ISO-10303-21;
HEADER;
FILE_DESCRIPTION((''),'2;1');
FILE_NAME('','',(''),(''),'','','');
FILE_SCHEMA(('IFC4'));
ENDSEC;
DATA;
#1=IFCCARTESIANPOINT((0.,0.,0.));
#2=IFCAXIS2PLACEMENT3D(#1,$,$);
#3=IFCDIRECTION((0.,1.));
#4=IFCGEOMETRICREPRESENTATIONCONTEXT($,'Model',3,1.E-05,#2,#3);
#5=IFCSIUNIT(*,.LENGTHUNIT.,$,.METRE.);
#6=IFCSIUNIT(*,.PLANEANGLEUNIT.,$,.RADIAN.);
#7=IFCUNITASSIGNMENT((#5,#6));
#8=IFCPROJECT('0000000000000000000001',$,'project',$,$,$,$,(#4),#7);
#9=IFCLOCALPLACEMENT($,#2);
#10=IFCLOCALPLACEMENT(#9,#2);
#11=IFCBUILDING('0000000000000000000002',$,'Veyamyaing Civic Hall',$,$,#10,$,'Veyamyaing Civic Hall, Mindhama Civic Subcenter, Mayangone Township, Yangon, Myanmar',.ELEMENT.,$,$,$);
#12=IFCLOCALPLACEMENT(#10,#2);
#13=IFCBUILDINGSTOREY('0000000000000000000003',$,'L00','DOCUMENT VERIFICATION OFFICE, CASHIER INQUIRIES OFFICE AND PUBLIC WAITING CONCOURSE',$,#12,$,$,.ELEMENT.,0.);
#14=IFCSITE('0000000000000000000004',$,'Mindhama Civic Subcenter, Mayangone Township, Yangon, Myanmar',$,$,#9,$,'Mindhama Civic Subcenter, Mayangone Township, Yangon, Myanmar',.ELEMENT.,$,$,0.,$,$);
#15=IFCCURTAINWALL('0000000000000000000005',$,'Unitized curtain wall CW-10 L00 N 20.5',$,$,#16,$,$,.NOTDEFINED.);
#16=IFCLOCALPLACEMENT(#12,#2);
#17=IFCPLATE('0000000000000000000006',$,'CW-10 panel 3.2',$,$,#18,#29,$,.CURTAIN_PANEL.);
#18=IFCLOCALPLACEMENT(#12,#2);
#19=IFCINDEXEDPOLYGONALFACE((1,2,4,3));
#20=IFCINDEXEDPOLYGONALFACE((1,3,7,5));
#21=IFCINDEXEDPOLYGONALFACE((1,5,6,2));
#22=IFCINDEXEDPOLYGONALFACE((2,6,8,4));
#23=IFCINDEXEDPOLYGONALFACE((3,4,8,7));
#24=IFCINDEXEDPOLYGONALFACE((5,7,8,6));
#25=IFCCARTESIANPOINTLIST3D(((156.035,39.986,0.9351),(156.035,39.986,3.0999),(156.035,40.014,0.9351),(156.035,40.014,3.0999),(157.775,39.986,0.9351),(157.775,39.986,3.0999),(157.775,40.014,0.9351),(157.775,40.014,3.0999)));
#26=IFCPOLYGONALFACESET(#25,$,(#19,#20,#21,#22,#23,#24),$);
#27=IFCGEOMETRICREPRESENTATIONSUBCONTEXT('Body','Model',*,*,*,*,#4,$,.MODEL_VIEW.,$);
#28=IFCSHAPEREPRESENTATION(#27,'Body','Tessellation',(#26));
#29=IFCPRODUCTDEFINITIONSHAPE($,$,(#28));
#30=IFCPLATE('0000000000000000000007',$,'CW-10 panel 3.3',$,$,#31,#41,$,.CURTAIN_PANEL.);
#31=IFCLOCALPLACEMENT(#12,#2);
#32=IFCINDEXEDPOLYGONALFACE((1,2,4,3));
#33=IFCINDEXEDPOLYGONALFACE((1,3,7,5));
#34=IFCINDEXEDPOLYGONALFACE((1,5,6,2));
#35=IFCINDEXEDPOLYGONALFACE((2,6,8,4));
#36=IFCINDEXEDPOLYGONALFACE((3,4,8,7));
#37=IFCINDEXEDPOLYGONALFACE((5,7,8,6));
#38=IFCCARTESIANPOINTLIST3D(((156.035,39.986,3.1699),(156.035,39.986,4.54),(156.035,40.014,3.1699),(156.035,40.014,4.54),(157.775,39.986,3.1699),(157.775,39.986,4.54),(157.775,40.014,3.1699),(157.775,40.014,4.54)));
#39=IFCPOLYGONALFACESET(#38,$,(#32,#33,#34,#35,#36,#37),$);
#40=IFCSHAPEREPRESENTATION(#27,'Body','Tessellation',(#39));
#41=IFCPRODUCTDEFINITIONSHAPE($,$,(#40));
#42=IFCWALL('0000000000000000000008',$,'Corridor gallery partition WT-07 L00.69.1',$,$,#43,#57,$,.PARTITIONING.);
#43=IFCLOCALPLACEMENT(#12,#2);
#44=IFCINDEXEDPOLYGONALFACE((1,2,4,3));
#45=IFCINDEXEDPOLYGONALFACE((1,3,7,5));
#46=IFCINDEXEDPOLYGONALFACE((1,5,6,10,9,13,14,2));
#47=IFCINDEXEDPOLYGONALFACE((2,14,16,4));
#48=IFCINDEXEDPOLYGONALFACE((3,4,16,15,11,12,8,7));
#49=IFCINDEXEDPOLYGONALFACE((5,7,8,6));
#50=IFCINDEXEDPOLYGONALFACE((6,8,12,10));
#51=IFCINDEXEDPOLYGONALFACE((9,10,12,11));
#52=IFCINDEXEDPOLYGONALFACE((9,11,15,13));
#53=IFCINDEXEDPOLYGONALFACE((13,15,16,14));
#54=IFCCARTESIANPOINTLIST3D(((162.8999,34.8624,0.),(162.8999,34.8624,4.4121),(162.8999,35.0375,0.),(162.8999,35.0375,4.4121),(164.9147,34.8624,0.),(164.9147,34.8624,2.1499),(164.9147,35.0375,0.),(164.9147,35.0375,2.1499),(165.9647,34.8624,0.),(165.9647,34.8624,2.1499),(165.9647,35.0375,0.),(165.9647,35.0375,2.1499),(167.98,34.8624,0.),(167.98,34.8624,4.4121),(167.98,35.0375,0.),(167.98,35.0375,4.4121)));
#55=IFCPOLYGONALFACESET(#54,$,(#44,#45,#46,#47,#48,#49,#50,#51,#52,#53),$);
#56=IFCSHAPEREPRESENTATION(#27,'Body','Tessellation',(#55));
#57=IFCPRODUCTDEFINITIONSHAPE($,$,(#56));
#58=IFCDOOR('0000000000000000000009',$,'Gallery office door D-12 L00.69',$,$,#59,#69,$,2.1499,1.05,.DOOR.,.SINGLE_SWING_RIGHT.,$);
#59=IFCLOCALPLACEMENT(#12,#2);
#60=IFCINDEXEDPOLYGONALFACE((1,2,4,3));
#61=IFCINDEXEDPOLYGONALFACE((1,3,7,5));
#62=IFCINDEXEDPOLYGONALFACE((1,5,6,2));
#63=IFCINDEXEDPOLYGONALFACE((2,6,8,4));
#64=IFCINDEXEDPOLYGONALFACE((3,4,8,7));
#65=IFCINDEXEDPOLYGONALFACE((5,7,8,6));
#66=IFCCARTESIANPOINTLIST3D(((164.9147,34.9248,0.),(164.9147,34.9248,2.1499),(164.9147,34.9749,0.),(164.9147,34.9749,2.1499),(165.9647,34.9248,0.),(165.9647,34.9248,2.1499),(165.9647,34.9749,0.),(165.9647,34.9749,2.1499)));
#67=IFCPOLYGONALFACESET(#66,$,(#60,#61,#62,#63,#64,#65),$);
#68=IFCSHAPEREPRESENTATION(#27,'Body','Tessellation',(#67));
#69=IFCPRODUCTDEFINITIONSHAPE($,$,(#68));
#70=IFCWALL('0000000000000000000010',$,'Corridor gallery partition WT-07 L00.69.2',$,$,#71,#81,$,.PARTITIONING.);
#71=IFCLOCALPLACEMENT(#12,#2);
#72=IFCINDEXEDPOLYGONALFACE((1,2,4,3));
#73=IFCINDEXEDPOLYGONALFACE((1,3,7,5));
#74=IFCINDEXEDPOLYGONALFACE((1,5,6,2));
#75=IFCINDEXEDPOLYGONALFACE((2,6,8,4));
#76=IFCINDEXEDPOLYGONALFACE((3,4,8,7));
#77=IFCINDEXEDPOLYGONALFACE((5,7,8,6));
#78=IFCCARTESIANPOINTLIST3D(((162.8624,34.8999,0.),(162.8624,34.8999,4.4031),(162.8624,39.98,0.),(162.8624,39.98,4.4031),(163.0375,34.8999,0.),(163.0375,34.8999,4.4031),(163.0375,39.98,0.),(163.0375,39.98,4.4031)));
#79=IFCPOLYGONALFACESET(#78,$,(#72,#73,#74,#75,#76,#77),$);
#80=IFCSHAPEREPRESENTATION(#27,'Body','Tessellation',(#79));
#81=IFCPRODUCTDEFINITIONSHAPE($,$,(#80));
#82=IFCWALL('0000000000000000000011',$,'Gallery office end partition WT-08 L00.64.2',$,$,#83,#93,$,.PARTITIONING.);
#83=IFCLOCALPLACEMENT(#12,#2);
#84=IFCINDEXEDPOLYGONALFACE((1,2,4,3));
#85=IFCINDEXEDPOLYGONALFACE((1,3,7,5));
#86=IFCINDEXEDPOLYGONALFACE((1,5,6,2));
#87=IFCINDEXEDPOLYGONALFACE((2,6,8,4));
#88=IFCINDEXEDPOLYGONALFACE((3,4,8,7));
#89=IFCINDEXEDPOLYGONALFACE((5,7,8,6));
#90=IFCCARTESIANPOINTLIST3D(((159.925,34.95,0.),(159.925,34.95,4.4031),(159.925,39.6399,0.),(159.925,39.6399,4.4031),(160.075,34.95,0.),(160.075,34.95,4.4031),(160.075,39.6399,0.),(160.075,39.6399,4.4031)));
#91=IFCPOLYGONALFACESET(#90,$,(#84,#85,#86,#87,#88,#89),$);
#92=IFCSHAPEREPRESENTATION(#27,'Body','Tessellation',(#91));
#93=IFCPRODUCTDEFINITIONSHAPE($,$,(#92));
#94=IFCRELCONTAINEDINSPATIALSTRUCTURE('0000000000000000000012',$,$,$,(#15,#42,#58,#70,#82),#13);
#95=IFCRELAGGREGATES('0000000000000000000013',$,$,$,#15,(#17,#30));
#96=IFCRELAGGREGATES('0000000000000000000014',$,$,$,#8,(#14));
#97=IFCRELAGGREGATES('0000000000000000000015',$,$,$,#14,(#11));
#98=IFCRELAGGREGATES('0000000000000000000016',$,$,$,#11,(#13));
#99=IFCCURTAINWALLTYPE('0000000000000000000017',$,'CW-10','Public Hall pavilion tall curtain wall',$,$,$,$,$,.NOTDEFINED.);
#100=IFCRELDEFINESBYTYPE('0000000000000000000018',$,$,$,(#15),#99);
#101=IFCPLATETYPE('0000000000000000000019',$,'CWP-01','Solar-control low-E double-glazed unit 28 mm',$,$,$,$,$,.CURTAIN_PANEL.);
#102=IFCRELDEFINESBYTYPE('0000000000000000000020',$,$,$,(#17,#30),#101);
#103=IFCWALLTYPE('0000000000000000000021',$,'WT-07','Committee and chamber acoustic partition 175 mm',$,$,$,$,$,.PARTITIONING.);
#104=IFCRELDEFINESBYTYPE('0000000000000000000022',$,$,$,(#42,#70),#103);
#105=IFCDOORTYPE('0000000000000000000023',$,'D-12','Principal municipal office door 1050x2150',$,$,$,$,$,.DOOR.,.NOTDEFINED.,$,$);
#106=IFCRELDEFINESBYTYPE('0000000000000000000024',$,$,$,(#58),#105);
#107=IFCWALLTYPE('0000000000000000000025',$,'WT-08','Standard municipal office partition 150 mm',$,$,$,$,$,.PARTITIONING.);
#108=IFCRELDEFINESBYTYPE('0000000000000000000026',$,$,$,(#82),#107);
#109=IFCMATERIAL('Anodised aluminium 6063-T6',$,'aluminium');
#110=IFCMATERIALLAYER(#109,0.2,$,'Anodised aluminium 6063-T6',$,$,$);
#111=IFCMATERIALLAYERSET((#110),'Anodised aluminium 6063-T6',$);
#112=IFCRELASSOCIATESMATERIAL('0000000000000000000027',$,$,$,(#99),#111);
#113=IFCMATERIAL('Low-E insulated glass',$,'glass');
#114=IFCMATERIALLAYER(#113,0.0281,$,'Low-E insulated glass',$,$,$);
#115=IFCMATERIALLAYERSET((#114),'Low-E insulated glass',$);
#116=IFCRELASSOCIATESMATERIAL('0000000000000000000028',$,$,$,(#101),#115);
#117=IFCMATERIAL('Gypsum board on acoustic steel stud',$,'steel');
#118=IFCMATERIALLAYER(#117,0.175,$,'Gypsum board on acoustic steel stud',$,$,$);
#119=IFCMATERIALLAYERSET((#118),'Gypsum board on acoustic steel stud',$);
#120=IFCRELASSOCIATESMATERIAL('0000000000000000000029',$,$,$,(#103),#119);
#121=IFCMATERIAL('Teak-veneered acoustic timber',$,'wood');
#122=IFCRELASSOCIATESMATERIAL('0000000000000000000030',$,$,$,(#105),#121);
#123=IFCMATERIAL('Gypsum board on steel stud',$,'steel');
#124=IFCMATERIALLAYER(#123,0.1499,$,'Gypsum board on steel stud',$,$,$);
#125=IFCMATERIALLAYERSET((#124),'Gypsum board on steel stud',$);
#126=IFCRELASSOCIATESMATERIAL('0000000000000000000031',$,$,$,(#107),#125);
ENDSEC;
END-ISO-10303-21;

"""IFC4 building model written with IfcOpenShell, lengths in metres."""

from ifc_helpers import new_model, si_unit, direction, frame, frame_2d, origin, origin_2d, place, context, subcontext, project, spatial, rectangle, extrude, material, layer, layer_set, type_object, element, fill, aggregate, save


model = new_model("IFC4")

# Units and contexts
model_context = context("Model", 3, precision=1e-05, world=origin(), true_north=direction((0.0, 1.0)))
body_context = subcontext(model_context, "Body", "Model", "MODEL_VIEW")
ifc_project = project(units=[si_unit("LENGTHUNIT", "METRE"), si_unit("PLANEANGLEUNIT", "RADIAN")], contexts=[model_context])

# Site, building, storey
site_placement = place(None, origin())
site = spatial("IfcSite", under=ifc_project, at=site_placement, Name="Mindhama Civic Subcenter, Mayangone Township, Yangon, Myanmar", LongName="Mindhama Civic Subcenter, Mayangone Township, Yangon, Myanmar", CompositionType="ELEMENT", RefElevation=0.0)
building_placement = place(site_placement, origin())
building = spatial("IfcBuilding", under=site, at=building_placement, Name="Veyamyaing Civic Hall", LongName="Veyamyaing Civic Hall, Mindhama Civic Subcenter, Mayangone Township, Yangon, Myanmar", CompositionType="ELEMENT")
storey_placement = place(building_placement, origin())
storey = spatial("IfcBuildingStorey", under=building, at=storey_placement, Name="L00", Description="DOCUMENT VERIFICATION OFFICE, CASHIER INQUIRIES OFFICE AND PUBLIC WAITING CONCOURSE", CompositionType="ELEMENT", Elevation=0.0)

# Curtain wall
ifc_material_1 = material(Name="Anodised aluminium 6063-T6", Category="aluminium")
ifc_layer_1 = layer(ifc_material_1, 0.2, Name="Anodised aluminium 6063-T6")
ifc_layer_set_1 = layer_set([ifc_layer_1], Name="Anodised aluminium 6063-T6")
curtain_wall_type = type_object("IfcCurtainWallType", Name="CW-10", Description="Public Hall pavilion tall curtain wall", PredefinedType="NOTDEFINED", material=ifc_layer_set_1)
curtain_wall_placement = place(storey_placement, origin())
curtain_wall = element("IfcCurtainWall", 1, at=curtain_wall_placement, inside=storey, type_object=curtain_wall_type, Name="Unitized curtain wall CW-10 L00 N 20.5", PredefinedType="NOTDEFINED")

# Plates
ifc_material_2 = material(Name="Low-E insulated glass", Category="glass")
ifc_layer_2 = layer(ifc_material_2, 0.0281, Name="Low-E insulated glass")
ifc_layer_set_2 = layer_set([ifc_layer_2], Name="Low-E insulated glass")
plate_type = type_object("IfcPlateType", Name="CWP-01", Description="Solar-control low-E double-glazed unit 28 mm", PredefinedType="CURTAIN_PANEL", material=ifc_layer_set_2)
plate_1_placement = place(storey_placement, frame((156.905, 40.0, 0.9351), z_axis=(0.0, 0.0, 1.0), x_axis=(1.0, 0.0, 0.0)))
plate_1 = element("IfcPlate", 2, at=plate_1_placement, type_object=plate_type, Name="CW-10 panel 3.2", PredefinedType="CURTAIN_PANEL", context=body_context, shape_type="SweptSolid", body=[
    extrude(rectangle(XDim=1.74, YDim=0.0281, at=origin_2d()), origin(), (0.0, 0.0, 1.0), 2.1648),
])
plate_2_placement = place(storey_placement, frame((156.905, 40.0, 3.1699), z_axis=(0.0, 0.0, 1.0), x_axis=(1.0, 0.0, 0.0)))
plate_2 = element("IfcPlate", 3, at=plate_2_placement, type_object=plate_type, Name="CW-10 panel 3.3", PredefinedType="CURTAIN_PANEL", context=body_context, shape_type="SweptSolid", body=[
    extrude(rectangle(XDim=1.74, YDim=0.0281, at=origin_2d()), origin(), (0.0, 0.0, 1.0), 1.3701),
])
aggregate(curtain_wall, [plate_1, plate_2])

# Wall, opening, door
ifc_material_3 = material(Name="Gypsum board on acoustic steel stud", Category="steel")
ifc_layer_3 = layer(ifc_material_3, 0.175, Name="Gypsum board on acoustic steel stud")
ifc_layer_set_3 = layer_set([ifc_layer_3], Name="Gypsum board on acoustic steel stud")
wall_type_1 = type_object("IfcWallType", Name="WT-07", Description="Committee and chamber acoustic partition 175 mm", PredefinedType="PARTITIONING", material=ifc_layer_set_3)
wall_1_placement = place(storey_placement, frame((162.8999, 34.95, 0.0), z_axis=(0.0, 0.0, 1.0), x_axis=(1.0, 0.0, 0.0)))
wall_1 = element("IfcWall", 4, at=wall_1_placement, inside=storey, type_object=wall_type_1, Name="Corridor gallery partition WT-07 L00.69.1", PredefinedType="PARTITIONING", context=body_context, shape_type="SweptSolid", body=[
    extrude(rectangle(XDim=5.0801, YDim=0.175, at=frame_2d((2.54, 0.0))), origin(), (0.0, 0.0, 1.0), 4.4121),
])
opening_placement = place(wall_1_placement, frame((2.0149, 0.0, 0.0)))
opening = element("IfcOpeningElement", 5, at=opening_placement, cuts=wall_1, PredefinedType="OPENING", context=body_context, shape_type="SweptSolid", body=[
    extrude(rectangle(XDim=1.05, YDim=2.1499, at=frame_2d((0.5249, 1.075))), frame((0.0, 0.0974, 0.0), z_axis=(0.0, -1.0, 0.0), x_axis=(1.0, 0.0, 0.0)), (0.0, 0.0, 1.0), 0.1951),
])
ifc_material_4 = material(Name="Teak-veneered acoustic timber", Category="wood")
door_type = type_object("IfcDoorType", Name="D-12", Description="Principal municipal office door 1050x2150", OperationType="NOTDEFINED", PredefinedType="DOOR", material=ifc_material_4)
door_placement = place(opening_placement, origin())
door = element("IfcDoor", 6, at=door_placement, inside=storey, type_object=door_type, Name="Gallery office door D-12 L00.69", OperationType="SINGLE_SWING_RIGHT", OverallHeight=2.1499, OverallWidth=1.05, PredefinedType="DOOR", context=body_context, shape_type="SweptSolid", body=[
    extrude(rectangle(XDim=1.05, YDim=2.1499, at=frame_2d((0.5249, 1.075))), frame((0.0, 0.0249, 0.0), z_axis=(0.0, -1.0, 0.0), x_axis=(1.0, 0.0, 0.0)), (0.0, 0.0, 1.0), 0.05),
])
fill(opening, door)

# Walls
wall_2_placement = place(storey_placement, frame((162.95, 34.8999, 0.0), z_axis=(0.0, 0.0, 1.0), x_axis=(0.0, 1.0, 0.0)))
element("IfcWall", 7, at=wall_2_placement, inside=storey, type_object=wall_type_1, Name="Corridor gallery partition WT-07 L00.69.2", PredefinedType="PARTITIONING", context=body_context, shape_type="SweptSolid", body=[
    extrude(rectangle(XDim=5.0801, YDim=0.175, at=frame_2d((2.54, 0.0))), origin(), (0.0, 0.0, 1.0), 4.4031),
])
ifc_material_5 = material(Name="Gypsum board on steel stud", Category="steel")
ifc_layer_4 = layer(ifc_material_5, 0.1499, Name="Gypsum board on steel stud")
ifc_layer_set_4 = layer_set([ifc_layer_4], Name="Gypsum board on steel stud")
wall_type_2 = type_object("IfcWallType", Name="WT-08", Description="Standard municipal office partition 150 mm", PredefinedType="PARTITIONING", material=ifc_layer_set_4)
wall_3_placement = place(storey_placement, frame((160.0, 34.95, 0.0), z_axis=(0.0, 0.0, 1.0), x_axis=(0.0, 1.0, 0.0)))
element("IfcWall", 8, at=wall_3_placement, inside=storey, type_object=wall_type_2, Name="Gallery office end partition WT-08 L00.64.2", PredefinedType="PARTITIONING", context=body_context, shape_type="SweptSolid", body=[
    extrude(rectangle(XDim=4.6899, YDim=0.1499, at=frame_2d((2.345, 0.0))), origin(), (0.0, 0.0, 1.0), 4.4031),
])

save(model, "model.ifc")
